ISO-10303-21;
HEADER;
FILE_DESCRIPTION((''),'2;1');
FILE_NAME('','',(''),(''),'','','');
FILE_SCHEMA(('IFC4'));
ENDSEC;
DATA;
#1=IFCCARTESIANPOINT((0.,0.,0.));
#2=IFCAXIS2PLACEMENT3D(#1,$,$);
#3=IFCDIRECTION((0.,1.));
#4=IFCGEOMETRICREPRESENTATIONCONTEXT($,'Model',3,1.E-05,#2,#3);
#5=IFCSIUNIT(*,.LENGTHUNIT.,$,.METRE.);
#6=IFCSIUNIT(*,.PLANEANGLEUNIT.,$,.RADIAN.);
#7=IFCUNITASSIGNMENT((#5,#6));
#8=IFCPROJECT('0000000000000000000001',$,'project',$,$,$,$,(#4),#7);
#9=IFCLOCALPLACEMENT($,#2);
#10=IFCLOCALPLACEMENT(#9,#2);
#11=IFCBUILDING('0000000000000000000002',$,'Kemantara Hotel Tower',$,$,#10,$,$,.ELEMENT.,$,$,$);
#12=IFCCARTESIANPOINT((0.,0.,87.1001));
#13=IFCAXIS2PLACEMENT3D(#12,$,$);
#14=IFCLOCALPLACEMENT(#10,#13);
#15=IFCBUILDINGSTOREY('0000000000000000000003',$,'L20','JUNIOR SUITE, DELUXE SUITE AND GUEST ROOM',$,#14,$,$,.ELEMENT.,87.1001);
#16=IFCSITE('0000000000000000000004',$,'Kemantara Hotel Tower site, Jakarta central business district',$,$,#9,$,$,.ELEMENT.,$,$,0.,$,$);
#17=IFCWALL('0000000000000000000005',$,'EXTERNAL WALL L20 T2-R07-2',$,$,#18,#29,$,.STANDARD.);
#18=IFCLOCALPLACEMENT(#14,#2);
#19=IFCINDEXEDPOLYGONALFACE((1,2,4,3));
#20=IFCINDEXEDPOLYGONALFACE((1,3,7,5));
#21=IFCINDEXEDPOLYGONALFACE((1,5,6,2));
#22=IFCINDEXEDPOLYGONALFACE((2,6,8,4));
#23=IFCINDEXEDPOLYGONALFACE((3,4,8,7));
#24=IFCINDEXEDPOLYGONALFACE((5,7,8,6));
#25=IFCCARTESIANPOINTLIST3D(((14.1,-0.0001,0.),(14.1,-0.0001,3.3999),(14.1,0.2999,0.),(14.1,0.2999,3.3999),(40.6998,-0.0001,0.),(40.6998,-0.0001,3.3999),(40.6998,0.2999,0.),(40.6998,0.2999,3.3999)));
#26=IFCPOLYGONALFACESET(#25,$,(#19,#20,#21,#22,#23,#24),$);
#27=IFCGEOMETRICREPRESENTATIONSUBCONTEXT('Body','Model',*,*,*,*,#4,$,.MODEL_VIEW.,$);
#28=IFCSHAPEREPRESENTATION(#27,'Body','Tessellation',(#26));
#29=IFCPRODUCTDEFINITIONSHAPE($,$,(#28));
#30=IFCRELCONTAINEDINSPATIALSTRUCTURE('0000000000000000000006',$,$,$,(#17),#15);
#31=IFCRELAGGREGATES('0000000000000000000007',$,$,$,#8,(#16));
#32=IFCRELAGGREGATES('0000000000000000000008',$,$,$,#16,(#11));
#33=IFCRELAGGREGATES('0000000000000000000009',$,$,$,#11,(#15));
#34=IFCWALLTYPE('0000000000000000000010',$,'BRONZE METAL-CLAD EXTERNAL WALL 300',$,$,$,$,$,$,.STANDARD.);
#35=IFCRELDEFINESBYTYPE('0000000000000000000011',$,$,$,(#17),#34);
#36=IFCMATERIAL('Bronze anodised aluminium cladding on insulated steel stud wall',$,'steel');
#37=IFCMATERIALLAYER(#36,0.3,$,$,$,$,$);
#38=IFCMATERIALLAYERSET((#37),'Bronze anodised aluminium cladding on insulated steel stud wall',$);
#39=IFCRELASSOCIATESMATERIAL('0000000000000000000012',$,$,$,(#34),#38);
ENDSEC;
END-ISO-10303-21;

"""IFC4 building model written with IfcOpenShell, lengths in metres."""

from ifc_helpers import new_model, si_unit, direction, frame, frame_2d, origin, place, context, subcontext, project, spatial, rectangle, extrude, material, layer, layer_set, type_object, element, save


model = new_model("IFC4")

# Units and contexts
model_context = context("Model", 3, precision=1e-05, world=origin(), true_north=direction((0.0, 1.0)))
body_context = subcontext(model_context, "Body", "Model", "MODEL_VIEW")
ifc_project = project(units=[si_unit("LENGTHUNIT", "METRE"), si_unit("PLANEANGLEUNIT", "RADIAN")], contexts=[model_context])

# Site, building, storey
site_placement = place(None, origin())
site = spatial("IfcSite", under=ifc_project, at=site_placement, Name="Kemantara Hotel Tower site, Jakarta central business district", CompositionType="ELEMENT", RefElevation=0.0)
building_placement = place(site_placement, origin())
building = spatial("IfcBuilding", under=site, at=building_placement, Name="Kemantara Hotel Tower", CompositionType="ELEMENT")
storey_placement = place(building_placement, frame((0.0, 0.0, 87.1001)))
storey = spatial("IfcBuildingStorey", under=building, at=storey_placement, Name="L20", Description="JUNIOR SUITE, DELUXE SUITE AND GUEST ROOM", CompositionType="ELEMENT", Elevation=87.1001)

# Wall
ifc_material_1 = material(Name="Bronze anodised aluminium cladding on insulated steel stud wall", Category="steel")
ifc_layer_1 = layer(ifc_material_1, 0.3)
ifc_layer_set_1 = layer_set([ifc_layer_1], Name="Bronze anodised aluminium cladding on insulated steel stud wall")
wall_type_1 = type_object("IfcWallType", Name="BRONZE METAL-CLAD EXTERNAL WALL 300", PredefinedType="STANDARD", material=ifc_layer_set_1)
wall_1_placement = place(storey_placement, frame((14.1001, 0.1499, 0.0), z_axis=(0.0, 0.0, 1.0), x_axis=(1.0, 0.0, 0.0)))
element("IfcWall", 1, at=wall_1_placement, inside=storey, type_object=wall_type_1, Name="EXTERNAL WALL L20 T2-R07-2", PredefinedType="STANDARD", context=body_context, shape_type="SweptSolid", body=[
    extrude(rectangle(XDim=26.5999, YDim=0.3, at=frame_2d((13.2998, 0.0))), origin(), (0.0, 0.0, 1.0), 3.3999),
])

save(model, "model.ifc")
